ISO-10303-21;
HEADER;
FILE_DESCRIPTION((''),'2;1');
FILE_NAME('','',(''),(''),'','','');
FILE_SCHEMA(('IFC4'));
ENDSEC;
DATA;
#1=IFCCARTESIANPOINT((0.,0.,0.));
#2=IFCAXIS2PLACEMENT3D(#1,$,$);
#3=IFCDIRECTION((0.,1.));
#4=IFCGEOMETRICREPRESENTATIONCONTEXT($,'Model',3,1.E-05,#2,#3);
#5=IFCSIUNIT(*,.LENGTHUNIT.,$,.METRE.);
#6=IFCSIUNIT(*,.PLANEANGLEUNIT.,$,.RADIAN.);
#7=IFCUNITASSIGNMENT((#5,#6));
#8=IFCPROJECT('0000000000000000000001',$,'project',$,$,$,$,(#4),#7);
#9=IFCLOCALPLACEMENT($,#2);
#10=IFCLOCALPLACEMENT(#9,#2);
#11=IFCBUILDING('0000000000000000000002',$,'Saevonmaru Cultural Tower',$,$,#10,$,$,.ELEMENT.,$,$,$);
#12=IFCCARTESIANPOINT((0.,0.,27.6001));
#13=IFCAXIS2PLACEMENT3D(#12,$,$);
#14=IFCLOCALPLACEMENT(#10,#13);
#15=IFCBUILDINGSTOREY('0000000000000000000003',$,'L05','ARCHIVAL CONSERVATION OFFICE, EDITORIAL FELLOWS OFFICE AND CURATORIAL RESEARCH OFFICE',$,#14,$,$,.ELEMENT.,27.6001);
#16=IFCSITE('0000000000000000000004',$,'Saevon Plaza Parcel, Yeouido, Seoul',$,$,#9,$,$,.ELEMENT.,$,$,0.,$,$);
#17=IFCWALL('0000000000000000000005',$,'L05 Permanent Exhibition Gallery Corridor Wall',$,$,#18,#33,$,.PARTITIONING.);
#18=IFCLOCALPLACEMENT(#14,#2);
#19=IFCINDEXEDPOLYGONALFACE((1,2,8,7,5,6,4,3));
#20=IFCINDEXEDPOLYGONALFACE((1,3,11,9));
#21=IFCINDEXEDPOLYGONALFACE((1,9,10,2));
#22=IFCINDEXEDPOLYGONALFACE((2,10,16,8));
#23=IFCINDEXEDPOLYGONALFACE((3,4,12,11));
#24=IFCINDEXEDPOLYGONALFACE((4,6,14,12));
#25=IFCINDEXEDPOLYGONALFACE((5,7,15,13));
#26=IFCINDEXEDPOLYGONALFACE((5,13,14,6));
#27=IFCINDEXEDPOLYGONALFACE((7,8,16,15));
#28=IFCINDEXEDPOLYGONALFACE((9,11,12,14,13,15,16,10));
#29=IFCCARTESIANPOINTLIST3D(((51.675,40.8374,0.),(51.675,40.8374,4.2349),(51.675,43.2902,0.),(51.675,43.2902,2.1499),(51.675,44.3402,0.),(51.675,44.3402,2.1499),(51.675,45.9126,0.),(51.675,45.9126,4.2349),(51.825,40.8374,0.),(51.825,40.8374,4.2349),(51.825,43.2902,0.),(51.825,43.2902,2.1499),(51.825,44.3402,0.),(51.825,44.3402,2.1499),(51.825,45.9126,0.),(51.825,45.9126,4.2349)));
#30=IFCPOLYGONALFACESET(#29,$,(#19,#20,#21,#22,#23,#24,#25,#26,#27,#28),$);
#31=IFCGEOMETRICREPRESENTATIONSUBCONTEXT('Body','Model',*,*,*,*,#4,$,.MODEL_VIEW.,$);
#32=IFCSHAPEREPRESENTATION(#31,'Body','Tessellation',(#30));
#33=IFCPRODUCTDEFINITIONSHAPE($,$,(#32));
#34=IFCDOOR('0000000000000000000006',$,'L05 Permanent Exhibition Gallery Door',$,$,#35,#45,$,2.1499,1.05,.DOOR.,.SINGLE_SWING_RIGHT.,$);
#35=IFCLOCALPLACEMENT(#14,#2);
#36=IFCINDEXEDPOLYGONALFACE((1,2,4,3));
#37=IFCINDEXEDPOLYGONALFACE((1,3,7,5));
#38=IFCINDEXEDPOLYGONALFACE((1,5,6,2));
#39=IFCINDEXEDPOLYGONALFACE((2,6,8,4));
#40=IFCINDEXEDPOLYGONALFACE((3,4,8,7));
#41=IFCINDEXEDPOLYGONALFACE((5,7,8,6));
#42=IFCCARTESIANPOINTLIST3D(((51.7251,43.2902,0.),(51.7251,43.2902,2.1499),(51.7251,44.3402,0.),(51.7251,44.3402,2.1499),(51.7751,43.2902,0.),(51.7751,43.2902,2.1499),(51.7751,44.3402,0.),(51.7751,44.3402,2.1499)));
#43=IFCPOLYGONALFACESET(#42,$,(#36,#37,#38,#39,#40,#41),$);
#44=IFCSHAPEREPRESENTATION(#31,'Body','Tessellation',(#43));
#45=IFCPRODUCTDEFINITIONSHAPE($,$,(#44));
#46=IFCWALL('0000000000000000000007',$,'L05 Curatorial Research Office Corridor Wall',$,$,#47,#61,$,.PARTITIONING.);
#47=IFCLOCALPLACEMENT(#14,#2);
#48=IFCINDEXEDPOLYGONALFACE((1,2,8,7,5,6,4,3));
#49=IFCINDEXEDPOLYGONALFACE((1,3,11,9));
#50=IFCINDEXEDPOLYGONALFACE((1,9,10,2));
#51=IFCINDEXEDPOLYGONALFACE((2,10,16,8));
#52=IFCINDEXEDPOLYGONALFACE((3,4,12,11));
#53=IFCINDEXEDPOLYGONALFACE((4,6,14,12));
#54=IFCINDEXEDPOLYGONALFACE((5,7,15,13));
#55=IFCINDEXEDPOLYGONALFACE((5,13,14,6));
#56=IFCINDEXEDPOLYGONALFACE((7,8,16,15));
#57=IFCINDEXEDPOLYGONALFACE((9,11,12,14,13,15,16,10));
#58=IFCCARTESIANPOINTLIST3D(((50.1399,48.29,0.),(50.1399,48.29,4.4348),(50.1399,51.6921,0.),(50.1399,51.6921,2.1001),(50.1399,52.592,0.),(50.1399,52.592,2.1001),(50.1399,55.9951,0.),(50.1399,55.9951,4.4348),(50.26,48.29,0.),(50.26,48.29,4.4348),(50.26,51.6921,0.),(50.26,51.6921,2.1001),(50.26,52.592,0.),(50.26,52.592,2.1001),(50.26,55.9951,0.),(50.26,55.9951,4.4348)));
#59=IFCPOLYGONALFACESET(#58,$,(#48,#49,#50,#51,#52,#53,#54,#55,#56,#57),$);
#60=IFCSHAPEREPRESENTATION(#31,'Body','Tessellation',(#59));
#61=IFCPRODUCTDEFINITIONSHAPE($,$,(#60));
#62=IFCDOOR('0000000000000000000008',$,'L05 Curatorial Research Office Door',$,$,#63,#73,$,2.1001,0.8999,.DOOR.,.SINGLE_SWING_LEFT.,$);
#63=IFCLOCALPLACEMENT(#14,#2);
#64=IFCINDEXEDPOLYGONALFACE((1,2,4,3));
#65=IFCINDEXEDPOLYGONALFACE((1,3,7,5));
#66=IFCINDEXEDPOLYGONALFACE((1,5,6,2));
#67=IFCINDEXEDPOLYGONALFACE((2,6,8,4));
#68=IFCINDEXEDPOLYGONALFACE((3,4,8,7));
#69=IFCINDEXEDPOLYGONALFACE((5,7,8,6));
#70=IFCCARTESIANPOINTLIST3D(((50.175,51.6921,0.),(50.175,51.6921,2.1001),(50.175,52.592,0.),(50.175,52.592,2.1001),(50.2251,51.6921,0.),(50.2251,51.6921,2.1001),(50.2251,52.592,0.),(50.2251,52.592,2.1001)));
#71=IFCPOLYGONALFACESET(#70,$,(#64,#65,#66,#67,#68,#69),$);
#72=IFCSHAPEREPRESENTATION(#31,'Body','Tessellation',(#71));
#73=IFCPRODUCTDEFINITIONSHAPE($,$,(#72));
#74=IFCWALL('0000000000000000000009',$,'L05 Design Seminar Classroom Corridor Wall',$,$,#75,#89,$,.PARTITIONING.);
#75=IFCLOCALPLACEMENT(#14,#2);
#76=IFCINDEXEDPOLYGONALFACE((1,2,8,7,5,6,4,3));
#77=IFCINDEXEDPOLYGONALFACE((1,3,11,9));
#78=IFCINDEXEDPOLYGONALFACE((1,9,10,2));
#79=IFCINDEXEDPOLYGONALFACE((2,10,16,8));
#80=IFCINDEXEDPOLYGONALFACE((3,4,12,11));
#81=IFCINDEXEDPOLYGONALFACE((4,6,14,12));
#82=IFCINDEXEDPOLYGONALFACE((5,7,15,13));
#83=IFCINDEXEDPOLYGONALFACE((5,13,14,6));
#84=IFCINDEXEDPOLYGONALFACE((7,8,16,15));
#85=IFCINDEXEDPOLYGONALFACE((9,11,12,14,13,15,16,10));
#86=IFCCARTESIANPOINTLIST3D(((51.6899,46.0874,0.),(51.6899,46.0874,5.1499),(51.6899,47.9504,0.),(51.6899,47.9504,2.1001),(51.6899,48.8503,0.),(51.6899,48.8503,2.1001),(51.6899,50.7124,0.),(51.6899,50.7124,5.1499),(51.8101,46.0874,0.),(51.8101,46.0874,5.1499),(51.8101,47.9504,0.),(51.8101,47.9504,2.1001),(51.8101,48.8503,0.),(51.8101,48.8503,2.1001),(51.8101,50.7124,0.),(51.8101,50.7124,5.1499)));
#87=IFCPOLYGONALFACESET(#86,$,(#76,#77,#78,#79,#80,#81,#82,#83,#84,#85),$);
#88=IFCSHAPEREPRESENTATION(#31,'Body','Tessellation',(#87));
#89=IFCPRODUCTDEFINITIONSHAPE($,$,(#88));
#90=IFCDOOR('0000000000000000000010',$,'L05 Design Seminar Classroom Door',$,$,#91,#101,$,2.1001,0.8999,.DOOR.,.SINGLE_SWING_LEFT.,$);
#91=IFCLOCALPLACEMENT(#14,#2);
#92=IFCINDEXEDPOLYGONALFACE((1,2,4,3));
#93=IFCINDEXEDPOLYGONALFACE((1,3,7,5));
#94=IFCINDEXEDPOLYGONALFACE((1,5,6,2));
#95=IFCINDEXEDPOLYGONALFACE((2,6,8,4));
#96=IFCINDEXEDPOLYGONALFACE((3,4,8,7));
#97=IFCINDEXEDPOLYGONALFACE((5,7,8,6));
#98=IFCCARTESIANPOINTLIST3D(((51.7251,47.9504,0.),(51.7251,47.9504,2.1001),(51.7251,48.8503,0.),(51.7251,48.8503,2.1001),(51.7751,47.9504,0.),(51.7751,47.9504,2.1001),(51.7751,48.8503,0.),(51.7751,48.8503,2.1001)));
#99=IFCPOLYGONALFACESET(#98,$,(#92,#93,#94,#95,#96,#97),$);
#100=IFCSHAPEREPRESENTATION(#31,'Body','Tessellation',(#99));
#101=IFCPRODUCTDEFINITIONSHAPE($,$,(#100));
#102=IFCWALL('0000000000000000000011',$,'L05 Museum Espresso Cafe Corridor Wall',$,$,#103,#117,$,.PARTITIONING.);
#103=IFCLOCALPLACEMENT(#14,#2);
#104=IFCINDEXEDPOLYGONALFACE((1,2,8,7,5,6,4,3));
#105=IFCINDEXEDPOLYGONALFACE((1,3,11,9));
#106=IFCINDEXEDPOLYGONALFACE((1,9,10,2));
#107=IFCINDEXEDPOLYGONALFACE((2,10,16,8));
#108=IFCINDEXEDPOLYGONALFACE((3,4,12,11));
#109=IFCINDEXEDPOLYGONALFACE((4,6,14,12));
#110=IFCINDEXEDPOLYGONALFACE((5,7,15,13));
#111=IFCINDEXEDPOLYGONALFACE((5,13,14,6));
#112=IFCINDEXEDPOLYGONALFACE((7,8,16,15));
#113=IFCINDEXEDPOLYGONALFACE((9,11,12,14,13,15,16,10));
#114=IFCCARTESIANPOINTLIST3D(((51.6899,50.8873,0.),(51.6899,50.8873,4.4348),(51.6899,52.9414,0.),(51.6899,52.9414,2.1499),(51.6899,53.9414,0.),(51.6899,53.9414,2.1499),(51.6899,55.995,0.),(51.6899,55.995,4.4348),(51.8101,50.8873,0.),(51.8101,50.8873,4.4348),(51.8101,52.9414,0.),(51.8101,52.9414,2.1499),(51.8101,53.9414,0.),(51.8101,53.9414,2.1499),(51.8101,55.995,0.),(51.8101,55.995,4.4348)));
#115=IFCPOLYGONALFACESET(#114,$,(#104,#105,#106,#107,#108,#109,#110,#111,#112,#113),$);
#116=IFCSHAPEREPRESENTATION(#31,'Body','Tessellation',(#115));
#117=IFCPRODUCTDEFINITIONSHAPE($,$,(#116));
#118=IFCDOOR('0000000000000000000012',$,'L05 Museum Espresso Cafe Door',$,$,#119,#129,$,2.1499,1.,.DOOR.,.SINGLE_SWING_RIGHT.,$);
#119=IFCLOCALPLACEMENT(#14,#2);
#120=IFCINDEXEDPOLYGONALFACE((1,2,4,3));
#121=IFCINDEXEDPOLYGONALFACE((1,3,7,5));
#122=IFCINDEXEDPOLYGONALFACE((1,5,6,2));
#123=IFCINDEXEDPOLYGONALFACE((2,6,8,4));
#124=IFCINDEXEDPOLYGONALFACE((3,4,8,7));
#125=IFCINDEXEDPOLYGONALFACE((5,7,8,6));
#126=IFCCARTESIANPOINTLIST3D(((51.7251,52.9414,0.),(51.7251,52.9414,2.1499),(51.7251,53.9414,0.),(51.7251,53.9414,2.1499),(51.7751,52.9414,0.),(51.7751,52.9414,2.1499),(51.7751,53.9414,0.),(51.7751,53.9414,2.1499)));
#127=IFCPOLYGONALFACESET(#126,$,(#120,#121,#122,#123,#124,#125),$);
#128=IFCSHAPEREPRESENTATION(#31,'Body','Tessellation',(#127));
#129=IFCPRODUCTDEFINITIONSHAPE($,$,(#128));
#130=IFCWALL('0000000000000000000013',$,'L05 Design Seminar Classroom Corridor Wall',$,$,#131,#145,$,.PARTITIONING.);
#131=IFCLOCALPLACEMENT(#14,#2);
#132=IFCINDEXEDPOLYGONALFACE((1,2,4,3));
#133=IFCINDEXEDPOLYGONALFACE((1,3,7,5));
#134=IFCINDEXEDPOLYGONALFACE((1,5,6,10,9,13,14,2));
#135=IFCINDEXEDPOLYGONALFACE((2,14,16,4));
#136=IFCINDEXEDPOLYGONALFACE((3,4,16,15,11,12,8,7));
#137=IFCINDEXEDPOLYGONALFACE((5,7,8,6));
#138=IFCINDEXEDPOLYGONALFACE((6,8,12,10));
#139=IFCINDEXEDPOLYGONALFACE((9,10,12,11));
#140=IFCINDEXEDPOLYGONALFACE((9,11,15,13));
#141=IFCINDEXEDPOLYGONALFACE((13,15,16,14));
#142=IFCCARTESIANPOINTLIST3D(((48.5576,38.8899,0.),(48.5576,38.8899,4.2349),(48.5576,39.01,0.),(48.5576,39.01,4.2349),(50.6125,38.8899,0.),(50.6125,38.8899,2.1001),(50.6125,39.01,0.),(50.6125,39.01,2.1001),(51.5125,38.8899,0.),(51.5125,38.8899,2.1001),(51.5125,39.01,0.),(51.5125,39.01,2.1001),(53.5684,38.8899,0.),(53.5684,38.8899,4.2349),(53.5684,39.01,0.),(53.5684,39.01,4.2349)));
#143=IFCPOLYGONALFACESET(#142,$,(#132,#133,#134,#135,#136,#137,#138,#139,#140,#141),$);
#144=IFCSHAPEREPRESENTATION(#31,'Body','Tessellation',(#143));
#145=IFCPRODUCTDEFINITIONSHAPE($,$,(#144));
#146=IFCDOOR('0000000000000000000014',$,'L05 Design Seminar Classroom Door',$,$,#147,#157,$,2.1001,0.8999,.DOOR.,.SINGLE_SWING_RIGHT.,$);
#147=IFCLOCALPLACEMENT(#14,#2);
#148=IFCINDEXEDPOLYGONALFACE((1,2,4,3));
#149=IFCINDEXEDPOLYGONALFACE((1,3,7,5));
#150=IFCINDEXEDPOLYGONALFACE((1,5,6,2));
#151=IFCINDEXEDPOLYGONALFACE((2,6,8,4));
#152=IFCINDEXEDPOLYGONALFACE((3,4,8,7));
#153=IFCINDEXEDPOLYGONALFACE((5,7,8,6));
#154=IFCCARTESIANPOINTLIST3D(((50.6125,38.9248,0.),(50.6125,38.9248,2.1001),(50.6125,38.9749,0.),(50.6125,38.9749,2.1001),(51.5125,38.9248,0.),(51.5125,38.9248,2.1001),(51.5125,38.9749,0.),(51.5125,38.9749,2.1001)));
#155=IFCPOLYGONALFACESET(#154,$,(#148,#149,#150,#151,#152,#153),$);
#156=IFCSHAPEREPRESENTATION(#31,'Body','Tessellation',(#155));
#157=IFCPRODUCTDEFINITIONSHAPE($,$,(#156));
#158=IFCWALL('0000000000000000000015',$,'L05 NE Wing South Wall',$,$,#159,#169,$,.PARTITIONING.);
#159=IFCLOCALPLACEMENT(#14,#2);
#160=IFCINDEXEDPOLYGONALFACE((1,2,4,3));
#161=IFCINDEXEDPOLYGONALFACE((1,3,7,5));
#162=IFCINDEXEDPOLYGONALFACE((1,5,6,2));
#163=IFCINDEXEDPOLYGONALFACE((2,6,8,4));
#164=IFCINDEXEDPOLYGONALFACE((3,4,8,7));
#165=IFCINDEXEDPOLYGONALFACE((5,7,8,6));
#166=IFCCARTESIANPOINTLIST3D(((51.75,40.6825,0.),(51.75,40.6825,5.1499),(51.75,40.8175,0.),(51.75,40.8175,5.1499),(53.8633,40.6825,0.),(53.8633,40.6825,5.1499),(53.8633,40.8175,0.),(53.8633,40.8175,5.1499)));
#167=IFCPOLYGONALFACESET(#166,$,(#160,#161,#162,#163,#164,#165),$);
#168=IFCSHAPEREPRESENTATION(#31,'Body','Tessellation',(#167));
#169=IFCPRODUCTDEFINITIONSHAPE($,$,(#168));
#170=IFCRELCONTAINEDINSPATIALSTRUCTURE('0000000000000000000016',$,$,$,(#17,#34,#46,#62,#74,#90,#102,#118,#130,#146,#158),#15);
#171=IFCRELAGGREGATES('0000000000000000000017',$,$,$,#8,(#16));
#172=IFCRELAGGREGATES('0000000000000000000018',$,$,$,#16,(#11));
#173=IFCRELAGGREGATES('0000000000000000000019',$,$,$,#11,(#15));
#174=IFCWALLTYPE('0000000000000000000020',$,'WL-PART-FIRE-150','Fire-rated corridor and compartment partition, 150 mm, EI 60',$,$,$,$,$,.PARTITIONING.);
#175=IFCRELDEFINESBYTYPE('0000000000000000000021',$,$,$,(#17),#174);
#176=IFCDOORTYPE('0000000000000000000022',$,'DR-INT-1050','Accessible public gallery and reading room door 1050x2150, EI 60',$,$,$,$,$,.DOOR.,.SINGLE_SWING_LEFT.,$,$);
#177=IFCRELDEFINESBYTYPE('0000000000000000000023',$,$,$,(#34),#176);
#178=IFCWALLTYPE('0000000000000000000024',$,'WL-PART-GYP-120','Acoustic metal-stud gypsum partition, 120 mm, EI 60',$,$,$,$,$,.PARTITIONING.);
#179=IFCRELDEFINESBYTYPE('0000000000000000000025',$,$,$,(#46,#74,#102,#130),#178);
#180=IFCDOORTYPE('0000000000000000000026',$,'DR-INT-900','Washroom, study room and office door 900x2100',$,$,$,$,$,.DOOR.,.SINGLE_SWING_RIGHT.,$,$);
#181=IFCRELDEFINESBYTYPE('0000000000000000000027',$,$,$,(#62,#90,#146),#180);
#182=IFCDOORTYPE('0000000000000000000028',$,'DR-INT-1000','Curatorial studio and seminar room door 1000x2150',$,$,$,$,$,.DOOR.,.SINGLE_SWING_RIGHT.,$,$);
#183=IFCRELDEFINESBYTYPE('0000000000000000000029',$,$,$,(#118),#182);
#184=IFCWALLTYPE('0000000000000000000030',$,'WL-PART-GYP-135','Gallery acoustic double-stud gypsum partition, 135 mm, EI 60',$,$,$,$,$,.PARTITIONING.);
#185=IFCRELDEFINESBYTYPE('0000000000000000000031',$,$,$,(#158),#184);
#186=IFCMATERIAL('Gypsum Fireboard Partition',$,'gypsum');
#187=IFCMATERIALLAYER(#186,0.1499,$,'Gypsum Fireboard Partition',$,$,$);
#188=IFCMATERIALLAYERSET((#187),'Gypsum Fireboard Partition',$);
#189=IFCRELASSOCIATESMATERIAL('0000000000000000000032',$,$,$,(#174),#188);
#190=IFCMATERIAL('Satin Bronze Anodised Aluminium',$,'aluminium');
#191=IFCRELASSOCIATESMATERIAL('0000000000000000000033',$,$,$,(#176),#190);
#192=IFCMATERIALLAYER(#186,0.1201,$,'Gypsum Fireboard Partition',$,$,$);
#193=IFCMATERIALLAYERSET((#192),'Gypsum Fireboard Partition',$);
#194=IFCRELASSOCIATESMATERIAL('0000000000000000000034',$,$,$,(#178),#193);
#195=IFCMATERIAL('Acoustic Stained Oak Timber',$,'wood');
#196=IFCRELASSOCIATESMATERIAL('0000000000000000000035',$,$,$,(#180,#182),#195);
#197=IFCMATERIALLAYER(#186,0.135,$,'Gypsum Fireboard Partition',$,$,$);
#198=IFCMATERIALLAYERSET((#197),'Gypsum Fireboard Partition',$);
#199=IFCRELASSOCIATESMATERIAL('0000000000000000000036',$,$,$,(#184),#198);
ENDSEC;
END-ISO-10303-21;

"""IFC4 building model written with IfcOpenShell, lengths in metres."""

from ifc_helpers import new_model, si_unit, direction, frame, frame_2d, origin, place, context, subcontext, project, spatial, rectangle, extrude, material, layer, layer_set, type_object, element, fill, save


model = new_model("IFC4")

# Units and contexts
model_context = context("Model", 3, precision=1e-05, world=origin(), true_north=direction((0.0, 1.0)))
body_context = subcontext(model_context, "Body", "Model", "MODEL_VIEW")
ifc_project = project(units=[si_unit("LENGTHUNIT", "METRE"), si_unit("PLANEANGLEUNIT", "RADIAN")], contexts=[model_context])

# Site, building, storey
site_placement = place(None, origin())
site = spatial("IfcSite", under=ifc_project, at=site_placement, Name="Saevon Plaza Parcel, Yeouido, Seoul", CompositionType="ELEMENT", RefElevation=0.0)
building_placement = place(site_placement, origin())
building = spatial("IfcBuilding", under=site, at=building_placement, Name="Saevonmaru Cultural Tower", CompositionType="ELEMENT")
storey_placement = place(building_placement, frame((0.0, 0.0, 27.6001)))
storey = spatial("IfcBuildingStorey", under=building, at=storey_placement, Name="L05", Description="ARCHIVAL CONSERVATION OFFICE, EDITORIAL FELLOWS OFFICE AND CURATORIAL RESEARCH OFFICE", CompositionType="ELEMENT", Elevation=27.6001)

# Shared definitions
ifc_material_1 = material(Name="Satin Bronze Anodised Aluminium", Category="aluminium")

# Walls, openings, doors
ifc_material_2 = material(Name="Gypsum Fireboard Partition", Category="gypsum")
ifc_layer_1 = layer(ifc_material_2, 0.1499, Name="Gypsum Fireboard Partition")
ifc_layer_set_1 = layer_set([ifc_layer_1], Name="Gypsum Fireboard Partition")
wall_type_1 = type_object("IfcWallType", Name="WL-PART-FIRE-150", Description="Fire-rated corridor and compartment partition, 150 mm, EI 60", PredefinedType="PARTITIONING", material=ifc_layer_set_1)
wall_1_placement = place(storey_placement, frame((51.75, 40.8374, 0.0), z_axis=(0.0, 0.0, 1.0), x_axis=(0.0, 1.0, 0.0)))
wall_1 = element("IfcWall", 1, at=wall_1_placement, inside=storey, type_object=wall_type_1, Name="L05 Permanent Exhibition Gallery Corridor Wall", PredefinedType="PARTITIONING", context=body_context, shape_type="SweptSolid", body=[
    extrude(rectangle(XDim=5.0752, YDim=0.1499, at=frame_2d((2.5376, 0.0))), origin(), (0.0, 0.0, 1.0), 4.2349),
])
opening_1_placement = place(wall_1_placement, frame((2.4529, 0.0, 0.0)))
opening_1 = element("IfcOpeningElement", 2, at=opening_1_placement, cuts=wall_1, PredefinedType="OPENING", context=body_context, shape_type="SweptSolid", body=[
    extrude(rectangle(XDim=1.05, YDim=2.1499, at=frame_2d((0.5249, 1.075))), frame((0.0, 0.085, 0.0), z_axis=(0.0, -1.0, 0.0), x_axis=(1.0, 0.0, 0.0)), (0.0, 0.0, 1.0), 0.1699),
])
door_type_1 = type_object("IfcDoorType", Name="DR-INT-1050", Description="Accessible public gallery and reading room door 1050x2150, EI 60", OperationType="SINGLE_SWING_LEFT", PredefinedType="DOOR", material=ifc_material_1)
door_1_placement = place(opening_1_placement, origin())
door_1 = element("IfcDoor", 3, at=door_1_placement, inside=storey, type_object=door_type_1, Name="L05 Permanent Exhibition Gallery Door", OperationType="SINGLE_SWING_RIGHT", OverallHeight=2.1499, OverallWidth=1.05, PredefinedType="DOOR", context=body_context, shape_type="SweptSolid", body=[
    extrude(rectangle(XDim=1.05, YDim=2.1499, at=frame_2d((0.5249, 1.075))), frame((0.0, 0.0249, 0.0), z_axis=(0.0, -1.0, 0.0), x_axis=(1.0, 0.0, 0.0)), (0.0, 0.0, 1.0), 0.05),
])
fill(opening_1, door_1)
ifc_layer_2 = layer(ifc_material_2, 0.1201, Name="Gypsum Fireboard Partition")
ifc_layer_set_2 = layer_set([ifc_layer_2], Name="Gypsum Fireboard Partition")
wall_type_2 = type_object("IfcWallType", Name="WL-PART-GYP-120", Description="Acoustic metal-stud gypsum partition, 120 mm, EI 60", PredefinedType="PARTITIONING", material=ifc_layer_set_2)
wall_2_placement = place(storey_placement, frame((50.2, 48.29, 0.0), z_axis=(0.0, 0.0, 1.0), x_axis=(0.0, 1.0, 0.0)))
wall_2 = element("IfcWall", 4, at=wall_2_placement, inside=storey, type_object=wall_type_2, Name="L05 Curatorial Research Office Corridor Wall", PredefinedType="PARTITIONING", context=body_context, shape_type="SweptSolid", body=[
    extrude(rectangle(XDim=7.7051, YDim=0.1201, at=frame_2d((3.8525, 0.0))), origin(), (0.0, 0.0, 1.0), 4.4348),
])
opening_2_placement = place(wall_2_placement, frame((3.4021, 0.0, 0.0)))
opening_2 = element("IfcOpeningElement", 5, at=opening_2_placement, cuts=wall_2, PredefinedType="OPENING", context=body_context, shape_type="SweptSolid", body=[
    extrude(rectangle(XDim=0.8999, YDim=2.1001, at=frame_2d((0.45, 1.05))), frame((0.0, 0.0701, 0.0), z_axis=(0.0, -1.0, 0.0), x_axis=(1.0, 0.0, 0.0)), (0.0, 0.0, 1.0), 0.1401),
])
ifc_material_3 = material(Name="Acoustic Stained Oak Timber", Category="wood")
door_type_2 = type_object("IfcDoorType", Name="DR-INT-900", Description="Washroom, study room and office door 900x2100", OperationType="SINGLE_SWING_RIGHT", PredefinedType="DOOR", material=ifc_material_3)
door_2_placement = place(opening_2_placement, origin())
door_2 = element("IfcDoor", 6, at=door_2_placement, inside=storey, type_object=door_type_2, Name="L05 Curatorial Research Office Door", OperationType="SINGLE_SWING_LEFT", OverallHeight=2.1001, OverallWidth=0.8999, PredefinedType="DOOR", context=body_context, shape_type="SweptSolid", body=[
    extrude(rectangle(XDim=0.8999, YDim=2.1001, at=frame_2d((0.45, 1.05))), frame((0.0, 0.0249, 0.0), z_axis=(0.0, -1.0, 0.0), x_axis=(1.0, 0.0, 0.0)), (0.0, 0.0, 1.0), 0.05),
])
fill(opening_2, door_2)
wall_3_placement = place(storey_placement, frame((51.75, 46.0874, 0.0), z_axis=(0.0, 0.0, 1.0), x_axis=(0.0, 1.0, 0.0)))
wall_3 = element("IfcWall", 7, at=wall_3_placement, inside=storey, type_object=wall_type_2, Name="L05 Design Seminar Classroom Corridor Wall", PredefinedType="PARTITIONING", context=body_context, shape_type="SweptSolid", body=[
    extrude(rectangle(XDim=4.625, YDim=0.1201, at=frame_2d((2.3125, 0.0))), origin(), (0.0, 0.0, 1.0), 5.1499),
])
opening_3_placement = place(wall_3_placement, frame((1.863, 0.0, 0.0)))
opening_3 = element("IfcOpeningElement", 8, at=opening_3_placement, cuts=wall_3, PredefinedType="OPENING", context=body_context, shape_type="SweptSolid", body=[
    extrude(rectangle(XDim=0.8999, YDim=2.1001, at=frame_2d((0.45, 1.05))), frame((0.0, 0.0701, 0.0), z_axis=(0.0, -1.0, 0.0), x_axis=(1.0, 0.0, 0.0)), (0.0, 0.0, 1.0), 0.1401),
])
door_3_placement = place(opening_3_placement, origin())
door_3 = element("IfcDoor", 9, at=door_3_placement, inside=storey, type_object=door_type_2, Name="L05 Design Seminar Classroom Door", OperationType="SINGLE_SWING_LEFT", OverallHeight=2.1001, OverallWidth=0.8999, PredefinedType="DOOR", context=body_context, shape_type="SweptSolid", body=[
    extrude(rectangle(XDim=0.8999, YDim=2.1001, at=frame_2d((0.45, 1.05))), frame((0.0, 0.0249, 0.0), z_axis=(0.0, -1.0, 0.0), x_axis=(1.0, 0.0, 0.0)), (0.0, 0.0, 1.0), 0.05),
])
fill(opening_3, door_3)
wall_4_placement = place(storey_placement, frame((51.75, 50.8875, 0.0), z_axis=(0.0, 0.0, 1.0), x_axis=(0.0, 1.0, 0.0)))
wall_4 = element("IfcWall", 10, at=wall_4_placement, inside=storey, type_object=wall_type_2, Name="L05 Museum Espresso Cafe Corridor Wall", PredefinedType="PARTITIONING", context=body_context, shape_type="SweptSolid", body=[
    extrude(rectangle(XDim=5.1077, YDim=0.1201, at=frame_2d((2.5537, 0.0))), origin(), (0.0, 0.0, 1.0), 4.4348),
])
opening_4_placement = place(wall_4_placement, frame((2.054, 0.0, 0.0)))
opening_4 = element("IfcOpeningElement", 11, at=opening_4_placement, cuts=wall_4, PredefinedType="OPENING", context=body_context, shape_type="SweptSolid", body=[
    extrude(rectangle(XDim=1.0, YDim=2.1499, at=frame_2d((0.5, 1.075))), frame((0.0, 0.0701, 0.0), z_axis=(0.0, -1.0, 0.0), x_axis=(1.0, 0.0, 0.0)), (0.0, 0.0, 1.0), 0.1401),
])
door_type_3 = type_object("IfcDoorType", Name="DR-INT-1000", Description="Curatorial studio and seminar room door 1000x2150", OperationType="SINGLE_SWING_RIGHT", PredefinedType="DOOR", material=ifc_material_3)
door_4_placement = place(opening_4_placement, origin())
door_4 = element("IfcDoor", 12, at=door_4_placement, inside=storey, type_object=door_type_3, Name="L05 Museum Espresso Cafe Door", OperationType="SINGLE_SWING_RIGHT", OverallHeight=2.1499, OverallWidth=1.0, PredefinedType="DOOR", context=body_context, shape_type="SweptSolid", body=[
    extrude(rectangle(XDim=1.0, YDim=2.1499, at=frame_2d((0.5, 1.075))), frame((0.0, 0.0249, 0.0), z_axis=(0.0, -1.0, 0.0), x_axis=(1.0, 0.0, 0.0)), (0.0, 0.0, 1.0), 0.05),
])
fill(opening_4, door_4)
wall_5_placement = place(storey_placement, frame((48.5576, 38.95, 0.0), z_axis=(0.0, 0.0, 1.0), x_axis=(1.0, 0.0, 0.0)))
wall_5 = element("IfcWall", 13, at=wall_5_placement, inside=storey, type_object=wall_type_2, Name="L05 Design Seminar Classroom Corridor Wall", PredefinedType="PARTITIONING", context=body_context, shape_type="SweptSolid", body=[
    extrude(rectangle(XDim=5.0107, YDim=0.1201, at=frame_2d((2.5054, 0.0))), origin(), (0.0, 0.0, 1.0), 4.2349),
])
opening_5_placement = place(wall_5_placement, frame((2.0549, 0.0, 0.0)))
opening_5 = element("IfcOpeningElement", 14, at=opening_5_placement, cuts=wall_5, PredefinedType="OPENING", context=body_context, shape_type="SweptSolid", body=[
    extrude(rectangle(XDim=0.8999, YDim=2.1001, at=frame_2d((0.45, 1.05))), frame((0.0, 0.0701, 0.0), z_axis=(0.0, -1.0, 0.0), x_axis=(1.0, 0.0, 0.0)), (0.0, 0.0, 1.0), 0.1401),
])
door_5_placement = place(opening_5_placement, origin())
door_5 = element("IfcDoor", 15, at=door_5_placement, inside=storey, type_object=door_type_2, Name="L05 Design Seminar Classroom Door", OperationType="SINGLE_SWING_RIGHT", OverallHeight=2.1001, OverallWidth=0.8999, PredefinedType="DOOR", context=body_context, shape_type="SweptSolid", body=[
    extrude(rectangle(XDim=0.8999, YDim=2.1001, at=frame_2d((0.45, 1.05))), frame((0.0, 0.0249, 0.0), z_axis=(0.0, -1.0, 0.0), x_axis=(1.0, 0.0, 0.0)), (0.0, 0.0, 1.0), 0.05),
])
fill(opening_5, door_5)

# Wall
ifc_layer_3 = layer(ifc_material_2, 0.135, Name="Gypsum Fireboard Partition")
ifc_layer_set_3 = layer_set([ifc_layer_3], Name="Gypsum Fireboard Partition")
wall_type_3 = type_object("IfcWallType", Name="WL-PART-GYP-135", Description="Gallery acoustic double-stud gypsum partition, 135 mm, EI 60", PredefinedType="PARTITIONING", material=ifc_layer_set_3)
wall_6_placement = place(storey_placement, frame((51.75, 40.75, 0.0), z_axis=(0.0, 0.0, 1.0), x_axis=(1.0, 0.0, 0.0)))
element("IfcWall", 16, at=wall_6_placement, inside=storey, type_object=wall_type_3, Name="L05 NE Wing South Wall", PredefinedType="PARTITIONING", context=body_context, shape_type="SweptSolid", body=[
    extrude(rectangle(XDim=2.1133, YDim=0.135, at=frame_2d((1.0566, 0.0))), origin(), (0.0, 0.0, 1.0), 5.1499),
])

save(model, "model.ifc")
